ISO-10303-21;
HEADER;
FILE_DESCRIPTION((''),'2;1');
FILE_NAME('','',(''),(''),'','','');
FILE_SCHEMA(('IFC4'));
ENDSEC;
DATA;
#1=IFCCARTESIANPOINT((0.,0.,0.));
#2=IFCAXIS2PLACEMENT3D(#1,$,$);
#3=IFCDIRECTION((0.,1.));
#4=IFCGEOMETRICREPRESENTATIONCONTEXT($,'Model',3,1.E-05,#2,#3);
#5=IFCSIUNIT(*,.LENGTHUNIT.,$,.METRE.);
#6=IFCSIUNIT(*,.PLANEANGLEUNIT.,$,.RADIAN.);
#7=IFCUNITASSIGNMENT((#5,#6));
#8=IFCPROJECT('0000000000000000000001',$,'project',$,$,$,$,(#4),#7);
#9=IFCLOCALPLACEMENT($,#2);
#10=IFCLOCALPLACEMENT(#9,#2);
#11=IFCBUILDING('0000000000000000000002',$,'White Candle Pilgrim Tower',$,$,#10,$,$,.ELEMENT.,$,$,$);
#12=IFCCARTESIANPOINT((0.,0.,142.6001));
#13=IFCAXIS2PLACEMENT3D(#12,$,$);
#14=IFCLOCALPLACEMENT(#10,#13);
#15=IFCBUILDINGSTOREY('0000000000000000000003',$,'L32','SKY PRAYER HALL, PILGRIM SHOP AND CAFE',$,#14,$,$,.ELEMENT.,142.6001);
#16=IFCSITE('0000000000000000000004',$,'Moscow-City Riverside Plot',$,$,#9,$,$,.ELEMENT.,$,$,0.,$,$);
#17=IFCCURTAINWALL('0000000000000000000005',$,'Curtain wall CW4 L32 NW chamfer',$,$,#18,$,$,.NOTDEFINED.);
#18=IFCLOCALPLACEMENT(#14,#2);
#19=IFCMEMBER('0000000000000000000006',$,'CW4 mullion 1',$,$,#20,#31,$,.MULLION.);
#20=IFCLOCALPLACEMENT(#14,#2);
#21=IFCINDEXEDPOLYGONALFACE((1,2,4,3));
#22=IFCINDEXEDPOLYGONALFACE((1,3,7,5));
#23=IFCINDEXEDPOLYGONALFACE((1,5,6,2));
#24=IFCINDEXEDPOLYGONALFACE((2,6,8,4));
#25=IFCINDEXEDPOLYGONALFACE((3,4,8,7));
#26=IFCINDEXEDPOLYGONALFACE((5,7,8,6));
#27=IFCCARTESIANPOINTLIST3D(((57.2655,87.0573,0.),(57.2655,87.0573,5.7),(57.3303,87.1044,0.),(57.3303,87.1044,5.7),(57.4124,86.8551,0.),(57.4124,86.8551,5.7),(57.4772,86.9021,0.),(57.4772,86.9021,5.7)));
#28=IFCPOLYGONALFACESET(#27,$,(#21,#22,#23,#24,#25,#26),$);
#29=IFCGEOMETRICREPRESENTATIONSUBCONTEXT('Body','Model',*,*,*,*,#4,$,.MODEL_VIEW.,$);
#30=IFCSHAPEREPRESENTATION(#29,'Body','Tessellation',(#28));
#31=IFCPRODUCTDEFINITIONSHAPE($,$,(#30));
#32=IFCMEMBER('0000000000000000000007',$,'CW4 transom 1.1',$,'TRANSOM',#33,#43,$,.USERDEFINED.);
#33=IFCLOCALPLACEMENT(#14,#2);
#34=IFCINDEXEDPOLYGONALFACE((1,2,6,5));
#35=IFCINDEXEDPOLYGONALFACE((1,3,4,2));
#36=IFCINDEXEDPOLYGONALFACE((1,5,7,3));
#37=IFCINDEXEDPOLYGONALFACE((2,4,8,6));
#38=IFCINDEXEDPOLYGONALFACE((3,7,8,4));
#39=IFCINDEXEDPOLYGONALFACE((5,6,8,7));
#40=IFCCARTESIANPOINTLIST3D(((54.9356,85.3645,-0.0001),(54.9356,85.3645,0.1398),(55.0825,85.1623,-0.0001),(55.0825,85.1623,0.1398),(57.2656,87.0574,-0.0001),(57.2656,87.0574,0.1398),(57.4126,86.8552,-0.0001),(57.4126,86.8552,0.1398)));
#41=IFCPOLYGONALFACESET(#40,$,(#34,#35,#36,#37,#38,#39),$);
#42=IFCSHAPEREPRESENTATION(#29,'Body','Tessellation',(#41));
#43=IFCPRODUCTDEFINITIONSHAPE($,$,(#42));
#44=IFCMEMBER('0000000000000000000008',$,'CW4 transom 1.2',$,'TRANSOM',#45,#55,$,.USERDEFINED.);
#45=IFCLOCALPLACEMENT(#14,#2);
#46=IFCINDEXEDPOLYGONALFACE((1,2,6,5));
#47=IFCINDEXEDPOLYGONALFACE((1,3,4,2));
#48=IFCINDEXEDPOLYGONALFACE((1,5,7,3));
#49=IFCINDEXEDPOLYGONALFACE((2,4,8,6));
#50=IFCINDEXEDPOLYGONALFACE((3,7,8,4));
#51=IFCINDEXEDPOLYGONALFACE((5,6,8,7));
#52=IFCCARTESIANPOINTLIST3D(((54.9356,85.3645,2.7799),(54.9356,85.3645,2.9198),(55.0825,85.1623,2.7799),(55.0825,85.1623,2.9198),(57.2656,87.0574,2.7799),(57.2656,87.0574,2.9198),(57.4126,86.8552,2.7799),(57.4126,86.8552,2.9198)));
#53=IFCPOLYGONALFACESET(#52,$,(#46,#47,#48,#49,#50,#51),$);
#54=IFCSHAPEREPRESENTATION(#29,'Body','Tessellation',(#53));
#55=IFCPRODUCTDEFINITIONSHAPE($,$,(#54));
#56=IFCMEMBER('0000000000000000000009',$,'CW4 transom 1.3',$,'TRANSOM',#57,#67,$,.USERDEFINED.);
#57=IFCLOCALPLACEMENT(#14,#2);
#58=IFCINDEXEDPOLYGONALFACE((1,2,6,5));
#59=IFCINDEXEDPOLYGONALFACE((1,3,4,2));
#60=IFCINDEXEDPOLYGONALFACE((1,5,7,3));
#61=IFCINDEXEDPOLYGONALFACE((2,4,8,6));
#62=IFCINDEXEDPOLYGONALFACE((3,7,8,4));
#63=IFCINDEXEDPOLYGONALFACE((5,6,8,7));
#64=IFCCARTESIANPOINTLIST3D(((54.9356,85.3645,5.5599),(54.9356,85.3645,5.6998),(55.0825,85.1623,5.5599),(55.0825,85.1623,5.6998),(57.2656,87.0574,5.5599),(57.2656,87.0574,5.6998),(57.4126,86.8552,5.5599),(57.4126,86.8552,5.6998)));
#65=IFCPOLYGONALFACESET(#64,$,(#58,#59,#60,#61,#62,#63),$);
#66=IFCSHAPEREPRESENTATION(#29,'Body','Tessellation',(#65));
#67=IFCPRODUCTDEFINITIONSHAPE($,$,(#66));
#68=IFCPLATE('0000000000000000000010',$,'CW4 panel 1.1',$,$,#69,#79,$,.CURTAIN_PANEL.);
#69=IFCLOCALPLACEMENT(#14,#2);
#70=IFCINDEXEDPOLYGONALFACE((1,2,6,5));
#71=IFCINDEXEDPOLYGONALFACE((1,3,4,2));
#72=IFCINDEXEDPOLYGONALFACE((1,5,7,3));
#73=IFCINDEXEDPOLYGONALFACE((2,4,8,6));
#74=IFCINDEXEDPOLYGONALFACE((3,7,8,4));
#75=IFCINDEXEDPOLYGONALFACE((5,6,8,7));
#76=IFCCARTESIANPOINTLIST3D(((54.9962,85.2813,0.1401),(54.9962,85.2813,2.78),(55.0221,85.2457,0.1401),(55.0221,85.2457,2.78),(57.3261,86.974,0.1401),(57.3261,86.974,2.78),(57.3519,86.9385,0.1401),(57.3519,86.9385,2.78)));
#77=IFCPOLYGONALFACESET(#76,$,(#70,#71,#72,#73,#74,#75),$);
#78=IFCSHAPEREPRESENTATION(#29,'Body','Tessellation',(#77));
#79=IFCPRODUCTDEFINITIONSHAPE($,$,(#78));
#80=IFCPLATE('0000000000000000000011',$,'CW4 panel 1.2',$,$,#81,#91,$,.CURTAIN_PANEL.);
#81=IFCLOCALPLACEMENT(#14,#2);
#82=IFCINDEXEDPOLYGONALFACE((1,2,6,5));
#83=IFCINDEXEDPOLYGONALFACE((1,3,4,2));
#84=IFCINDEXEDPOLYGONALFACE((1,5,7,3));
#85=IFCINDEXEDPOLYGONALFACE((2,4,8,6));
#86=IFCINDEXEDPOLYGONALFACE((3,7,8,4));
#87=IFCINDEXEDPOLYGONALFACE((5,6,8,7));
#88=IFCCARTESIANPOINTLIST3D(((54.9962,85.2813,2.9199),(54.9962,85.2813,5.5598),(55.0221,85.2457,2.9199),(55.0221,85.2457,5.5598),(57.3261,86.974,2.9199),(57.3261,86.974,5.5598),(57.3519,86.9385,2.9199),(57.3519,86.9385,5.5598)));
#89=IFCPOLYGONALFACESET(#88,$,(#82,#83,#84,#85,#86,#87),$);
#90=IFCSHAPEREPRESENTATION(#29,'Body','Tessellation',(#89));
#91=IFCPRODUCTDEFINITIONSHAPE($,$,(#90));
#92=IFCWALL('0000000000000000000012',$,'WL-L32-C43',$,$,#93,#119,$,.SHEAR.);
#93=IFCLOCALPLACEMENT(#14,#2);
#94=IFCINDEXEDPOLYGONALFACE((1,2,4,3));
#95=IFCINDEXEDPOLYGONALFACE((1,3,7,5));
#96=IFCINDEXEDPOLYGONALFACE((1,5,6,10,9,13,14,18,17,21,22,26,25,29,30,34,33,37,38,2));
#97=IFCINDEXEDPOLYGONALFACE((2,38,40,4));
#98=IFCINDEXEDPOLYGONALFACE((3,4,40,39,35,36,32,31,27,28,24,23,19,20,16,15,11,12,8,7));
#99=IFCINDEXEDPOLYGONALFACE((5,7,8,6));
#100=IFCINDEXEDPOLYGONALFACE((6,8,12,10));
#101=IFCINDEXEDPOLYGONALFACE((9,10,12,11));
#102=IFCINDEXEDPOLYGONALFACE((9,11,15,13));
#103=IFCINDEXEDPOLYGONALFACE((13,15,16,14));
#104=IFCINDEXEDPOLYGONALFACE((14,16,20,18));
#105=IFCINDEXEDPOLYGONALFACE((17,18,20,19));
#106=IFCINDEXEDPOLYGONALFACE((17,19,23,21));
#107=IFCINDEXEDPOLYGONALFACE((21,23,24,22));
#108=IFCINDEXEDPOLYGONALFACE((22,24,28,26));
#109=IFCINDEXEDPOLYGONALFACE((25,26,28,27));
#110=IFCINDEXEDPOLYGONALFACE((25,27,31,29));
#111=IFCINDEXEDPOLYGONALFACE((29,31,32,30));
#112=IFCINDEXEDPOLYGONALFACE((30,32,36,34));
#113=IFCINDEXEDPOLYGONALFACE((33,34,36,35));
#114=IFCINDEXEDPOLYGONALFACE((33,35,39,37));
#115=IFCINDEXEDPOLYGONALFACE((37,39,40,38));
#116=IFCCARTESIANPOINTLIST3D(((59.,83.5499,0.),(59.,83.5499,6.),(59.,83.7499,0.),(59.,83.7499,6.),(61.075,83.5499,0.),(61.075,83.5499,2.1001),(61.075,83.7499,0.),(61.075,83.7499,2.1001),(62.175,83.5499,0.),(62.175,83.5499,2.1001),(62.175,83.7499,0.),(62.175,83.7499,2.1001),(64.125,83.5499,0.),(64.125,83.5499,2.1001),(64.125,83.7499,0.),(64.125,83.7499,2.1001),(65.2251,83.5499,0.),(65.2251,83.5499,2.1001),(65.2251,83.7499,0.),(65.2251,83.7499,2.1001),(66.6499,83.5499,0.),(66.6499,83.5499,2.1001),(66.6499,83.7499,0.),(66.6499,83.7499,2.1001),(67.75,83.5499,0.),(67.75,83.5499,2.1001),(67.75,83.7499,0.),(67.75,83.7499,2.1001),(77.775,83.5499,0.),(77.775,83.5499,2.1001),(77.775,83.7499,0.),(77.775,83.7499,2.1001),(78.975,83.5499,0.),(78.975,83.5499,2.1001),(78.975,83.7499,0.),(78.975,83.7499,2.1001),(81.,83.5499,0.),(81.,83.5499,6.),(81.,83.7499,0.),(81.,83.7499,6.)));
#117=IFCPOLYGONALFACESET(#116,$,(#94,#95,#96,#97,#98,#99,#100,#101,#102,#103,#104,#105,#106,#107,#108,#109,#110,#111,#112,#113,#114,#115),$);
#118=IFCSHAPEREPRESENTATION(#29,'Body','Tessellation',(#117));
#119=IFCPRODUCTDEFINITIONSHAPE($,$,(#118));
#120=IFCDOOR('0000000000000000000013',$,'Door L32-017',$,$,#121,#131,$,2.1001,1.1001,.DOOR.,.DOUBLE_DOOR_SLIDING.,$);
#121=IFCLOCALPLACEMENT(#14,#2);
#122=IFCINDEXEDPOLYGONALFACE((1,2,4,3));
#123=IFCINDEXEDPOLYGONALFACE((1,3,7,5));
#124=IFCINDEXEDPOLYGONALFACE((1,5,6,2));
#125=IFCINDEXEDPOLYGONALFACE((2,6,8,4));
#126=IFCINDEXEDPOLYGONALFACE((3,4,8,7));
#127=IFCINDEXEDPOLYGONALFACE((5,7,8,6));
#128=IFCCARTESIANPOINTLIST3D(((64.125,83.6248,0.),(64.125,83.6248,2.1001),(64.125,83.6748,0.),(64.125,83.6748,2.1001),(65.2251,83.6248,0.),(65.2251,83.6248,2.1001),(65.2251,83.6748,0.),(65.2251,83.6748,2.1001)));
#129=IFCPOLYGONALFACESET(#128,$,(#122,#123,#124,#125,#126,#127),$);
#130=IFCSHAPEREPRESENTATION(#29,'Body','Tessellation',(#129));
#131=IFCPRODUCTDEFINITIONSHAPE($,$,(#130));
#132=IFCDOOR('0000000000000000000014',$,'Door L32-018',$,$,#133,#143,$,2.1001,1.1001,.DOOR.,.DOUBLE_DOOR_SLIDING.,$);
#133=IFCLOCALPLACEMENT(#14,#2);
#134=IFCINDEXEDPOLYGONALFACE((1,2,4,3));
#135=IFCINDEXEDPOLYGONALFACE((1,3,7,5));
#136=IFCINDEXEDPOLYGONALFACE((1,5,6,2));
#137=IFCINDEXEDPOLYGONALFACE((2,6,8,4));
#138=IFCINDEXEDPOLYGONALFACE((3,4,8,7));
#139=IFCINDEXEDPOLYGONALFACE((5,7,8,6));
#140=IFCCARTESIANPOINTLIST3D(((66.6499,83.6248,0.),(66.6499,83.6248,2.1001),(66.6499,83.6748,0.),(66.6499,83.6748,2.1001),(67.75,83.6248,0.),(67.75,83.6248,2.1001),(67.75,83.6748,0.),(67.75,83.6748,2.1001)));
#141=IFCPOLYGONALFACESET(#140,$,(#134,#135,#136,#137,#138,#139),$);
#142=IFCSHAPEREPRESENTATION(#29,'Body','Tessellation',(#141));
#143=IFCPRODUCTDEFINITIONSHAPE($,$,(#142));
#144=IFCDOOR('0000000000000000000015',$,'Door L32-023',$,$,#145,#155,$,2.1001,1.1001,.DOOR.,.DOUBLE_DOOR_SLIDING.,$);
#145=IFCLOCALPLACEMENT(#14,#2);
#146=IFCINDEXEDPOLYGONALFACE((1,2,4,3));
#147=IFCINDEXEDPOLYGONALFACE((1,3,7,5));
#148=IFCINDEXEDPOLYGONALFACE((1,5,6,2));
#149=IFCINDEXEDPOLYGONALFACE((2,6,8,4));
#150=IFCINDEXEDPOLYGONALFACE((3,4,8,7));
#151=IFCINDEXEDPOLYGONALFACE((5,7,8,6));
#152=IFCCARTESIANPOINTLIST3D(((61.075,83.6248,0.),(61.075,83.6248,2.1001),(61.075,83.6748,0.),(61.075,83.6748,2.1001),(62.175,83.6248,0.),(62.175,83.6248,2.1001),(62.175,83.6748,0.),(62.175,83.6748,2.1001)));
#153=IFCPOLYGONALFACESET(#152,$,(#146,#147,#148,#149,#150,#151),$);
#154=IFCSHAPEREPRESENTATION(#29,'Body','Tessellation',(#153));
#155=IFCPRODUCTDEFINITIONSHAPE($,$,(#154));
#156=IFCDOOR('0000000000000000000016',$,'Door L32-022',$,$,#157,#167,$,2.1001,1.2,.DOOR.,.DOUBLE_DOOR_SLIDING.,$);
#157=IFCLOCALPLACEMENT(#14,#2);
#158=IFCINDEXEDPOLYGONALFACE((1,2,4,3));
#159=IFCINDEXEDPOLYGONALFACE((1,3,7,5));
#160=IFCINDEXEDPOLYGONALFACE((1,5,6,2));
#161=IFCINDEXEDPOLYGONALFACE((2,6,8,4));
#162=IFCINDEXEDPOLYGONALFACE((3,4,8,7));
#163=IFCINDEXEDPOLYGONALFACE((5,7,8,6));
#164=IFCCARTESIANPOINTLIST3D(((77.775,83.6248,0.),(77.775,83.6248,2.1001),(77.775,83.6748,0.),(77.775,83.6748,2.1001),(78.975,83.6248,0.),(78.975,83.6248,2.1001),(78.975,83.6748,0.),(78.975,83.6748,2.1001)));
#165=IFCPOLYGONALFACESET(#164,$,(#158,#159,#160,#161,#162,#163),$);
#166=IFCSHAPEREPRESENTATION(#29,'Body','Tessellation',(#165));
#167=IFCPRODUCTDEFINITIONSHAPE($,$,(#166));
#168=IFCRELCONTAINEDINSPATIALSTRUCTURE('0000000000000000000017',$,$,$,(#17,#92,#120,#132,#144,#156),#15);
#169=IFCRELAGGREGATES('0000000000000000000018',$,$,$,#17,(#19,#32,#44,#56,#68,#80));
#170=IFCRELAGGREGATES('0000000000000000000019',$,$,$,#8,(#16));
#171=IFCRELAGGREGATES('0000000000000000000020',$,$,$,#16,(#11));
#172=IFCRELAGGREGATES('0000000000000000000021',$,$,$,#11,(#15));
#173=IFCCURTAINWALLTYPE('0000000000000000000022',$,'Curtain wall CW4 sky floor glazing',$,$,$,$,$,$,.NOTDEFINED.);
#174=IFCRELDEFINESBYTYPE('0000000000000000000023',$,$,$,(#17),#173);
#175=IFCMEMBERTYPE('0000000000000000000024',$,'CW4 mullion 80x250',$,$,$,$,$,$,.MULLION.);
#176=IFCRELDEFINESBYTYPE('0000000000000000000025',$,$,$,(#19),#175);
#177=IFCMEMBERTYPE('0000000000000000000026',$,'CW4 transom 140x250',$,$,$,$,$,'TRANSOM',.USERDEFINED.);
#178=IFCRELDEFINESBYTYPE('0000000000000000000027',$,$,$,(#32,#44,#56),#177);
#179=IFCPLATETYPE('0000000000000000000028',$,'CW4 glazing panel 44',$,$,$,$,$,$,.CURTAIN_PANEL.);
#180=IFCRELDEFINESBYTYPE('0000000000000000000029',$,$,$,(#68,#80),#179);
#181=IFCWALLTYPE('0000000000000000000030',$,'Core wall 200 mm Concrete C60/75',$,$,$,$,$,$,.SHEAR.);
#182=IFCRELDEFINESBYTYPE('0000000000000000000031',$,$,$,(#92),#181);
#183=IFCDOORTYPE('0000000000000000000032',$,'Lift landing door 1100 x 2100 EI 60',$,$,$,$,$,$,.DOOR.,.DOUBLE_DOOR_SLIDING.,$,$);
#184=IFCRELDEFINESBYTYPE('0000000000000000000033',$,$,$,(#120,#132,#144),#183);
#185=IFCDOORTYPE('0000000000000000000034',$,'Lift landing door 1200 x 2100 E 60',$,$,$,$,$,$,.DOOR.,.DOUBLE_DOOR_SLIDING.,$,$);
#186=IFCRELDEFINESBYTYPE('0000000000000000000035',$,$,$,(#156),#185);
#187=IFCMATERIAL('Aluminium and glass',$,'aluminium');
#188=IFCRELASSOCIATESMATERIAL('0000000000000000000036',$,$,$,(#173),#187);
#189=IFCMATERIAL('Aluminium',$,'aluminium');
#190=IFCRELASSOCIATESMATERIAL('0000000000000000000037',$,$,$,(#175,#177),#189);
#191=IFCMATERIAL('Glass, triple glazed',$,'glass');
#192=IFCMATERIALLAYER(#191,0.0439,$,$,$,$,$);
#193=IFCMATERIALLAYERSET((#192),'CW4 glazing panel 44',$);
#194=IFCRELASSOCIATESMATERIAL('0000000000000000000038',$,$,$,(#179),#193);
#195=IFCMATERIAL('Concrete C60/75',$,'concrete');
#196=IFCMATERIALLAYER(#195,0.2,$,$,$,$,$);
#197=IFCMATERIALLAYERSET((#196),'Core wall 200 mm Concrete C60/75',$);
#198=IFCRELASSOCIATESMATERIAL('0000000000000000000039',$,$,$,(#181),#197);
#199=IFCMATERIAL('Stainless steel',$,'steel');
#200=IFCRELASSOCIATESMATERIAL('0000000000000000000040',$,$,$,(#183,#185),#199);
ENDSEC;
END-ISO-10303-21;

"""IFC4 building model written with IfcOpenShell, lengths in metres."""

from ifc_helpers import new_model, si_unit, direction, frame, frame_2d, origin, origin_2d, place, context, subcontext, project, spatial, rectangle, extrude, material, layer, layer_set, material_profile, profile_set, type_object, element, fill, aggregate, save


model = new_model("IFC4")

# Units and contexts
model_context = context("Model", 3, precision=1e-05, world=origin(), true_north=direction((0.0, 1.0)))
body_context = subcontext(model_context, "Body", "Model", "MODEL_VIEW")
ifc_project = project(units=[si_unit("LENGTHUNIT", "METRE"), si_unit("PLANEANGLEUNIT", "RADIAN")], contexts=[model_context])

# Site, building, storey
site_placement = place(None, origin())
site = spatial("IfcSite", under=ifc_project, at=site_placement, Name="Moscow-City Riverside Plot", CompositionType="ELEMENT", RefElevation=0.0)
building_placement = place(site_placement, origin())
building = spatial("IfcBuilding", under=site, at=building_placement, Name="White Candle Pilgrim Tower", CompositionType="ELEMENT")
storey_placement = place(building_placement, frame((0.0, 0.0, 142.6001)))
storey = spatial("IfcBuildingStorey", under=building, at=storey_placement, Name="L32", Description="SKY PRAYER HALL, PILGRIM SHOP AND CAFE", CompositionType="ELEMENT", Elevation=142.6001)

# Curtain wall, members, plates
ifc_material_1 = material(Name="Aluminium and glass", Category="aluminium")
curtain_wall_type = type_object("IfcCurtainWallType", Name="Curtain wall CW4 sky floor glazing", PredefinedType="NOTDEFINED", material=ifc_material_1)
curtain_wall_placement = place(storey_placement, origin())
curtain_wall = element("IfcCurtainWall", 1, at=curtain_wall_placement, inside=storey, type_object=curtain_wall_type, Name="Curtain wall CW4 L32 NW chamfer", PredefinedType="NOTDEFINED")
ifc_material_2 = material(Name="Aluminium", Category="aluminium")
ifc_material_profile_1 = material_profile(ifc_material_2, rectangle(XDim=0.25, YDim=0.0801, at=origin_2d()), Name="CW4 mullion 80x250")
ifc_profile_set_1 = profile_set([ifc_material_profile_1], Name="Aluminium")
member_type_1 = type_object("IfcMemberType", Name="CW4 mullion 80x250", PredefinedType="MULLION", material=ifc_profile_set_1)
member_1_placement = place(storey_placement, frame((57.3713, 86.9797, 0.0), z_axis=(0.0, 0.0, 1.0), x_axis=(0.587785, -0.809017, 0.0)))
member_1 = element("IfcMember", 2, at=member_1_placement, type_object=member_type_1, Name="CW4 mullion 1", PredefinedType="MULLION", context=body_context, shape_type="SweptSolid", body=[
    extrude(rectangle(XDim=0.25, YDim=0.0801, at=origin_2d()), origin(), (0.0, 0.0, 1.0), 5.7),
])
ifc_material_profile_2 = material_profile(ifc_material_2, rectangle(XDim=0.25, YDim=0.1399, at=origin_2d()), Name="CW4 transom 140x250")
ifc_profile_set_2 = profile_set([ifc_material_profile_2], Name="Aluminium")
member_type_2 = type_object("IfcMemberType", Name="CW4 transom 140x250", ElementType="TRANSOM", PredefinedType="USERDEFINED", material=ifc_profile_set_2)
member_2_placement = place(storey_placement, frame((57.3391, 86.9563, 0.0698), z_axis=(-0.809022, -0.587778, 0.0), x_axis=(0.587778, -0.809022, 0.0)))
member_2 = element("IfcMember", 3, at=member_2_placement, type_object=member_type_2, Name="CW4 transom 1.1", ObjectType="TRANSOM", PredefinedType="USERDEFINED", context=body_context, shape_type="SweptSolid", body=[
    extrude(rectangle(XDim=0.25, YDim=0.1399, at=origin_2d()), origin(), (0.0, 0.0, 1.0), 2.8801),
])
member_3_placement = place(storey_placement, frame((57.3391, 86.9563, 2.8499), z_axis=(-0.809022, -0.587778, 0.0), x_axis=(0.587778, -0.809022, 0.0)))
member_3 = element("IfcMember", 4, at=member_3_placement, type_object=member_type_2, Name="CW4 transom 1.2", ObjectType="TRANSOM", PredefinedType="USERDEFINED", context=body_context, shape_type="SweptSolid", body=[
    extrude(rectangle(XDim=0.25, YDim=0.1399, at=origin_2d()), origin(), (0.0, 0.0, 1.0), 2.8801),
])
member_4_placement = place(storey_placement, frame((57.3391, 86.9563, 5.6299), z_axis=(-0.809022, -0.587778, 0.0), x_axis=(0.587778, -0.809022, 0.0)))
member_4 = element("IfcMember", 5, at=member_4_placement, type_object=member_type_2, Name="CW4 transom 1.3", ObjectType="TRANSOM", PredefinedType="USERDEFINED", context=body_context, shape_type="SweptSolid", body=[
    extrude(rectangle(XDim=0.25, YDim=0.1399, at=origin_2d()), origin(), (0.0, 0.0, 1.0), 2.8801),
])
ifc_material_3 = material(Name="Glass, triple glazed", Category="glass")
ifc_layer_1 = layer(ifc_material_3, 0.0439)
ifc_layer_set_1 = layer_set([ifc_layer_1], Name="CW4 glazing panel 44")
plate_type = type_object("IfcPlateType", Name="CW4 glazing panel 44", PredefinedType="CURTAIN_PANEL", material=ifc_layer_set_1)
plate_1_placement = place(storey_placement, frame((56.1741, 86.1099, 0.1401), z_axis=(0.0, 0.0, 1.0), x_axis=(-0.809017, -0.587785, 0.0)))
plate_1 = element("IfcPlate", 6, at=plate_1_placement, type_object=plate_type, Name="CW4 panel 1.1", PredefinedType="CURTAIN_PANEL", context=body_context, shape_type="SweptSolid", body=[
    extrude(rectangle(XDim=2.8799, YDim=0.0439, at=origin_2d()), origin(), (0.0, 0.0, 1.0), 2.6399),
])
plate_2_placement = place(storey_placement, frame((56.1741, 86.1099, 2.9199), z_axis=(0.0, 0.0, 1.0), x_axis=(-0.809017, -0.587785, 0.0)))
plate_2 = element("IfcPlate", 7, at=plate_2_placement, type_object=plate_type, Name="CW4 panel 1.2", PredefinedType="CURTAIN_PANEL", context=body_context, shape_type="SweptSolid", body=[
    extrude(rectangle(XDim=2.8799, YDim=0.0439, at=origin_2d()), origin(), (0.0, 0.0, 1.0), 2.6399),
])
aggregate(curtain_wall, [member_1, member_2, member_3, member_4, plate_1, plate_2])

# Wall, openings, doors
ifc_material_4 = material(Name="Concrete C60/75", Category="concrete")
ifc_layer_2 = layer(ifc_material_4, 0.2)
ifc_layer_set_2 = layer_set([ifc_layer_2], Name="Core wall 200 mm Concrete C60/75")
wall_type_1 = type_object("IfcWallType", Name="Core wall 200 mm Concrete C60/75", PredefinedType="SHEAR", material=ifc_layer_set_2)
wall_1_placement = place(storey_placement, frame((59.0, 83.6499, 0.0), z_axis=(0.0, 0.0, 1.0), x_axis=(1.0, 0.0, 0.0)))
wall_1 = element("IfcWall", 8, at=wall_1_placement, inside=storey, type_object=wall_type_1, Name="WL-L32-C43", PredefinedType="SHEAR", context=body_context, shape_type="SweptSolid", body=[
    extrude(rectangle(XDim=22.0, YDim=0.2, at=frame_2d((11.0, 0.0))), origin(), (0.0, 0.0, 1.0), 6.0),
])
opening_1_placement = place(wall_1_placement, frame((5.125, 0.0, 0.0)))
opening_1 = element("IfcOpeningElement", 9, at=opening_1_placement, cuts=wall_1, PredefinedType="OPENING", context=body_context, shape_type="SweptSolid", body=[
    extrude(rectangle(XDim=1.1001, YDim=2.1001, at=frame_2d((0.55, 1.05))), frame((0.0, 0.1099, 0.0), z_axis=(0.0, -1.0, 0.0), x_axis=(1.0, 0.0, 0.0)), (0.0, 0.0, 1.0), 0.22),
])
opening_2_placement = place(wall_1_placement, frame((7.6499, 0.0, 0.0)))
opening_2 = element("IfcOpeningElement", 10, at=opening_2_placement, cuts=wall_1, PredefinedType="OPENING", context=body_context, shape_type="SweptSolid", body=[
    extrude(rectangle(XDim=1.1001, YDim=2.1001, at=frame_2d((0.55, 1.05))), frame((0.0, 0.1099, 0.0), z_axis=(0.0, -1.0, 0.0), x_axis=(1.0, 0.0, 0.0)), (0.0, 0.0, 1.0), 0.22),
])
opening_3_placement = place(wall_1_placement, frame((18.7749, 0.0, 0.0)))
opening_3 = element("IfcOpeningElement", 11, at=opening_3_placement, cuts=wall_1, PredefinedType="OPENING", context=body_context, shape_type="SweptSolid", body=[
    extrude(rectangle(XDim=1.2, YDim=2.1001, at=frame_2d((0.6001, 1.05))), frame((0.0, 0.1099, 0.0), z_axis=(0.0, -1.0, 0.0), x_axis=(1.0, 0.0, 0.0)), (0.0, 0.0, 1.0), 0.22),
])
opening_4_placement = place(wall_1_placement, frame((2.075, 0.0, 0.0)))
opening_4 = element("IfcOpeningElement", 12, at=opening_4_placement, cuts=wall_1, PredefinedType="OPENING", context=body_context, shape_type="SweptSolid", body=[
    extrude(rectangle(XDim=1.1001, YDim=2.1001, at=frame_2d((0.55, 1.05))), frame((0.0, 0.1099, 0.0), z_axis=(0.0, -1.0, 0.0), x_axis=(1.0, 0.0, 0.0)), (0.0, 0.0, 1.0), 0.22),
])
ifc_material_5 = material(Name="Stainless steel", Category="steel")
door_type_1 = type_object("IfcDoorType", Name="Lift landing door 1100 x 2100 EI 60", OperationType="DOUBLE_DOOR_SLIDING", PredefinedType="DOOR", material=ifc_material_5)
door_1_placement = place(opening_1_placement, origin())
door_1 = element("IfcDoor", 13, at=door_1_placement, inside=storey, type_object=door_type_1, Name="Door L32-017", OperationType="DOUBLE_DOOR_SLIDING", OverallHeight=2.1001, OverallWidth=1.1001, PredefinedType="DOOR", context=body_context, shape_type="SweptSolid", body=[
    extrude(rectangle(XDim=1.1001, YDim=2.1001, at=frame_2d((0.55, 1.05))), frame((0.0, 0.0249, 0.0), z_axis=(0.0, -1.0, 0.0), x_axis=(1.0, 0.0, 0.0)), (0.0, 0.0, 1.0), 0.05),
])
fill(opening_1, door_1)
door_2_placement = place(opening_2_placement, origin())
door_2 = element("IfcDoor", 14, at=door_2_placement, inside=storey, type_object=door_type_1, Name="Door L32-018", OperationType="DOUBLE_DOOR_SLIDING", OverallHeight=2.1001, OverallWidth=1.1001, PredefinedType="DOOR", context=body_context, shape_type="SweptSolid", body=[
    extrude(rectangle(XDim=1.1001, YDim=2.1001, at=frame_2d((0.55, 1.05))), frame((0.0, 0.0249, 0.0), z_axis=(0.0, -1.0, 0.0), x_axis=(1.0, 0.0, 0.0)), (0.0, 0.0, 1.0), 0.05),
])
fill(opening_2, door_2)
door_3_placement = place(opening_4_placement, origin())
door_3 = element("IfcDoor", 15, at=door_3_placement, inside=storey, type_object=door_type_1, Name="Door L32-023", OperationType="DOUBLE_DOOR_SLIDING", OverallHeight=2.1001, OverallWidth=1.1001, PredefinedType="DOOR", context=body_context, shape_type="SweptSolid", body=[
    extrude(rectangle(XDim=1.1001, YDim=2.1001, at=frame_2d((0.55, 1.05))), frame((0.0, 0.0249, 0.0), z_axis=(0.0, -1.0, 0.0), x_axis=(1.0, 0.0, 0.0)), (0.0, 0.0, 1.0), 0.05),
])
fill(opening_4, door_3)
door_type_2 = type_object("IfcDoorType", Name="Lift landing door 1200 x 2100 E 60", OperationType="DOUBLE_DOOR_SLIDING", PredefinedType="DOOR", material=ifc_material_5)
door_4_placement = place(opening_3_placement, origin())
door_4 = element("IfcDoor", 16, at=door_4_placement, inside=storey, type_object=door_type_2, Name="Door L32-022", OperationType="DOUBLE_DOOR_SLIDING", OverallHeight=2.1001, OverallWidth=1.2, PredefinedType="DOOR", context=body_context, shape_type="SweptSolid", body=[
    extrude(rectangle(XDim=1.2, YDim=2.1001, at=frame_2d((0.6001, 1.05))), frame((0.0, 0.0249, 0.0), z_axis=(0.0, -1.0, 0.0), x_axis=(1.0, 0.0, 0.0)), (0.0, 0.0, 1.0), 0.05),
])
fill(opening_3, door_4)

save(model, "model.ifc")
